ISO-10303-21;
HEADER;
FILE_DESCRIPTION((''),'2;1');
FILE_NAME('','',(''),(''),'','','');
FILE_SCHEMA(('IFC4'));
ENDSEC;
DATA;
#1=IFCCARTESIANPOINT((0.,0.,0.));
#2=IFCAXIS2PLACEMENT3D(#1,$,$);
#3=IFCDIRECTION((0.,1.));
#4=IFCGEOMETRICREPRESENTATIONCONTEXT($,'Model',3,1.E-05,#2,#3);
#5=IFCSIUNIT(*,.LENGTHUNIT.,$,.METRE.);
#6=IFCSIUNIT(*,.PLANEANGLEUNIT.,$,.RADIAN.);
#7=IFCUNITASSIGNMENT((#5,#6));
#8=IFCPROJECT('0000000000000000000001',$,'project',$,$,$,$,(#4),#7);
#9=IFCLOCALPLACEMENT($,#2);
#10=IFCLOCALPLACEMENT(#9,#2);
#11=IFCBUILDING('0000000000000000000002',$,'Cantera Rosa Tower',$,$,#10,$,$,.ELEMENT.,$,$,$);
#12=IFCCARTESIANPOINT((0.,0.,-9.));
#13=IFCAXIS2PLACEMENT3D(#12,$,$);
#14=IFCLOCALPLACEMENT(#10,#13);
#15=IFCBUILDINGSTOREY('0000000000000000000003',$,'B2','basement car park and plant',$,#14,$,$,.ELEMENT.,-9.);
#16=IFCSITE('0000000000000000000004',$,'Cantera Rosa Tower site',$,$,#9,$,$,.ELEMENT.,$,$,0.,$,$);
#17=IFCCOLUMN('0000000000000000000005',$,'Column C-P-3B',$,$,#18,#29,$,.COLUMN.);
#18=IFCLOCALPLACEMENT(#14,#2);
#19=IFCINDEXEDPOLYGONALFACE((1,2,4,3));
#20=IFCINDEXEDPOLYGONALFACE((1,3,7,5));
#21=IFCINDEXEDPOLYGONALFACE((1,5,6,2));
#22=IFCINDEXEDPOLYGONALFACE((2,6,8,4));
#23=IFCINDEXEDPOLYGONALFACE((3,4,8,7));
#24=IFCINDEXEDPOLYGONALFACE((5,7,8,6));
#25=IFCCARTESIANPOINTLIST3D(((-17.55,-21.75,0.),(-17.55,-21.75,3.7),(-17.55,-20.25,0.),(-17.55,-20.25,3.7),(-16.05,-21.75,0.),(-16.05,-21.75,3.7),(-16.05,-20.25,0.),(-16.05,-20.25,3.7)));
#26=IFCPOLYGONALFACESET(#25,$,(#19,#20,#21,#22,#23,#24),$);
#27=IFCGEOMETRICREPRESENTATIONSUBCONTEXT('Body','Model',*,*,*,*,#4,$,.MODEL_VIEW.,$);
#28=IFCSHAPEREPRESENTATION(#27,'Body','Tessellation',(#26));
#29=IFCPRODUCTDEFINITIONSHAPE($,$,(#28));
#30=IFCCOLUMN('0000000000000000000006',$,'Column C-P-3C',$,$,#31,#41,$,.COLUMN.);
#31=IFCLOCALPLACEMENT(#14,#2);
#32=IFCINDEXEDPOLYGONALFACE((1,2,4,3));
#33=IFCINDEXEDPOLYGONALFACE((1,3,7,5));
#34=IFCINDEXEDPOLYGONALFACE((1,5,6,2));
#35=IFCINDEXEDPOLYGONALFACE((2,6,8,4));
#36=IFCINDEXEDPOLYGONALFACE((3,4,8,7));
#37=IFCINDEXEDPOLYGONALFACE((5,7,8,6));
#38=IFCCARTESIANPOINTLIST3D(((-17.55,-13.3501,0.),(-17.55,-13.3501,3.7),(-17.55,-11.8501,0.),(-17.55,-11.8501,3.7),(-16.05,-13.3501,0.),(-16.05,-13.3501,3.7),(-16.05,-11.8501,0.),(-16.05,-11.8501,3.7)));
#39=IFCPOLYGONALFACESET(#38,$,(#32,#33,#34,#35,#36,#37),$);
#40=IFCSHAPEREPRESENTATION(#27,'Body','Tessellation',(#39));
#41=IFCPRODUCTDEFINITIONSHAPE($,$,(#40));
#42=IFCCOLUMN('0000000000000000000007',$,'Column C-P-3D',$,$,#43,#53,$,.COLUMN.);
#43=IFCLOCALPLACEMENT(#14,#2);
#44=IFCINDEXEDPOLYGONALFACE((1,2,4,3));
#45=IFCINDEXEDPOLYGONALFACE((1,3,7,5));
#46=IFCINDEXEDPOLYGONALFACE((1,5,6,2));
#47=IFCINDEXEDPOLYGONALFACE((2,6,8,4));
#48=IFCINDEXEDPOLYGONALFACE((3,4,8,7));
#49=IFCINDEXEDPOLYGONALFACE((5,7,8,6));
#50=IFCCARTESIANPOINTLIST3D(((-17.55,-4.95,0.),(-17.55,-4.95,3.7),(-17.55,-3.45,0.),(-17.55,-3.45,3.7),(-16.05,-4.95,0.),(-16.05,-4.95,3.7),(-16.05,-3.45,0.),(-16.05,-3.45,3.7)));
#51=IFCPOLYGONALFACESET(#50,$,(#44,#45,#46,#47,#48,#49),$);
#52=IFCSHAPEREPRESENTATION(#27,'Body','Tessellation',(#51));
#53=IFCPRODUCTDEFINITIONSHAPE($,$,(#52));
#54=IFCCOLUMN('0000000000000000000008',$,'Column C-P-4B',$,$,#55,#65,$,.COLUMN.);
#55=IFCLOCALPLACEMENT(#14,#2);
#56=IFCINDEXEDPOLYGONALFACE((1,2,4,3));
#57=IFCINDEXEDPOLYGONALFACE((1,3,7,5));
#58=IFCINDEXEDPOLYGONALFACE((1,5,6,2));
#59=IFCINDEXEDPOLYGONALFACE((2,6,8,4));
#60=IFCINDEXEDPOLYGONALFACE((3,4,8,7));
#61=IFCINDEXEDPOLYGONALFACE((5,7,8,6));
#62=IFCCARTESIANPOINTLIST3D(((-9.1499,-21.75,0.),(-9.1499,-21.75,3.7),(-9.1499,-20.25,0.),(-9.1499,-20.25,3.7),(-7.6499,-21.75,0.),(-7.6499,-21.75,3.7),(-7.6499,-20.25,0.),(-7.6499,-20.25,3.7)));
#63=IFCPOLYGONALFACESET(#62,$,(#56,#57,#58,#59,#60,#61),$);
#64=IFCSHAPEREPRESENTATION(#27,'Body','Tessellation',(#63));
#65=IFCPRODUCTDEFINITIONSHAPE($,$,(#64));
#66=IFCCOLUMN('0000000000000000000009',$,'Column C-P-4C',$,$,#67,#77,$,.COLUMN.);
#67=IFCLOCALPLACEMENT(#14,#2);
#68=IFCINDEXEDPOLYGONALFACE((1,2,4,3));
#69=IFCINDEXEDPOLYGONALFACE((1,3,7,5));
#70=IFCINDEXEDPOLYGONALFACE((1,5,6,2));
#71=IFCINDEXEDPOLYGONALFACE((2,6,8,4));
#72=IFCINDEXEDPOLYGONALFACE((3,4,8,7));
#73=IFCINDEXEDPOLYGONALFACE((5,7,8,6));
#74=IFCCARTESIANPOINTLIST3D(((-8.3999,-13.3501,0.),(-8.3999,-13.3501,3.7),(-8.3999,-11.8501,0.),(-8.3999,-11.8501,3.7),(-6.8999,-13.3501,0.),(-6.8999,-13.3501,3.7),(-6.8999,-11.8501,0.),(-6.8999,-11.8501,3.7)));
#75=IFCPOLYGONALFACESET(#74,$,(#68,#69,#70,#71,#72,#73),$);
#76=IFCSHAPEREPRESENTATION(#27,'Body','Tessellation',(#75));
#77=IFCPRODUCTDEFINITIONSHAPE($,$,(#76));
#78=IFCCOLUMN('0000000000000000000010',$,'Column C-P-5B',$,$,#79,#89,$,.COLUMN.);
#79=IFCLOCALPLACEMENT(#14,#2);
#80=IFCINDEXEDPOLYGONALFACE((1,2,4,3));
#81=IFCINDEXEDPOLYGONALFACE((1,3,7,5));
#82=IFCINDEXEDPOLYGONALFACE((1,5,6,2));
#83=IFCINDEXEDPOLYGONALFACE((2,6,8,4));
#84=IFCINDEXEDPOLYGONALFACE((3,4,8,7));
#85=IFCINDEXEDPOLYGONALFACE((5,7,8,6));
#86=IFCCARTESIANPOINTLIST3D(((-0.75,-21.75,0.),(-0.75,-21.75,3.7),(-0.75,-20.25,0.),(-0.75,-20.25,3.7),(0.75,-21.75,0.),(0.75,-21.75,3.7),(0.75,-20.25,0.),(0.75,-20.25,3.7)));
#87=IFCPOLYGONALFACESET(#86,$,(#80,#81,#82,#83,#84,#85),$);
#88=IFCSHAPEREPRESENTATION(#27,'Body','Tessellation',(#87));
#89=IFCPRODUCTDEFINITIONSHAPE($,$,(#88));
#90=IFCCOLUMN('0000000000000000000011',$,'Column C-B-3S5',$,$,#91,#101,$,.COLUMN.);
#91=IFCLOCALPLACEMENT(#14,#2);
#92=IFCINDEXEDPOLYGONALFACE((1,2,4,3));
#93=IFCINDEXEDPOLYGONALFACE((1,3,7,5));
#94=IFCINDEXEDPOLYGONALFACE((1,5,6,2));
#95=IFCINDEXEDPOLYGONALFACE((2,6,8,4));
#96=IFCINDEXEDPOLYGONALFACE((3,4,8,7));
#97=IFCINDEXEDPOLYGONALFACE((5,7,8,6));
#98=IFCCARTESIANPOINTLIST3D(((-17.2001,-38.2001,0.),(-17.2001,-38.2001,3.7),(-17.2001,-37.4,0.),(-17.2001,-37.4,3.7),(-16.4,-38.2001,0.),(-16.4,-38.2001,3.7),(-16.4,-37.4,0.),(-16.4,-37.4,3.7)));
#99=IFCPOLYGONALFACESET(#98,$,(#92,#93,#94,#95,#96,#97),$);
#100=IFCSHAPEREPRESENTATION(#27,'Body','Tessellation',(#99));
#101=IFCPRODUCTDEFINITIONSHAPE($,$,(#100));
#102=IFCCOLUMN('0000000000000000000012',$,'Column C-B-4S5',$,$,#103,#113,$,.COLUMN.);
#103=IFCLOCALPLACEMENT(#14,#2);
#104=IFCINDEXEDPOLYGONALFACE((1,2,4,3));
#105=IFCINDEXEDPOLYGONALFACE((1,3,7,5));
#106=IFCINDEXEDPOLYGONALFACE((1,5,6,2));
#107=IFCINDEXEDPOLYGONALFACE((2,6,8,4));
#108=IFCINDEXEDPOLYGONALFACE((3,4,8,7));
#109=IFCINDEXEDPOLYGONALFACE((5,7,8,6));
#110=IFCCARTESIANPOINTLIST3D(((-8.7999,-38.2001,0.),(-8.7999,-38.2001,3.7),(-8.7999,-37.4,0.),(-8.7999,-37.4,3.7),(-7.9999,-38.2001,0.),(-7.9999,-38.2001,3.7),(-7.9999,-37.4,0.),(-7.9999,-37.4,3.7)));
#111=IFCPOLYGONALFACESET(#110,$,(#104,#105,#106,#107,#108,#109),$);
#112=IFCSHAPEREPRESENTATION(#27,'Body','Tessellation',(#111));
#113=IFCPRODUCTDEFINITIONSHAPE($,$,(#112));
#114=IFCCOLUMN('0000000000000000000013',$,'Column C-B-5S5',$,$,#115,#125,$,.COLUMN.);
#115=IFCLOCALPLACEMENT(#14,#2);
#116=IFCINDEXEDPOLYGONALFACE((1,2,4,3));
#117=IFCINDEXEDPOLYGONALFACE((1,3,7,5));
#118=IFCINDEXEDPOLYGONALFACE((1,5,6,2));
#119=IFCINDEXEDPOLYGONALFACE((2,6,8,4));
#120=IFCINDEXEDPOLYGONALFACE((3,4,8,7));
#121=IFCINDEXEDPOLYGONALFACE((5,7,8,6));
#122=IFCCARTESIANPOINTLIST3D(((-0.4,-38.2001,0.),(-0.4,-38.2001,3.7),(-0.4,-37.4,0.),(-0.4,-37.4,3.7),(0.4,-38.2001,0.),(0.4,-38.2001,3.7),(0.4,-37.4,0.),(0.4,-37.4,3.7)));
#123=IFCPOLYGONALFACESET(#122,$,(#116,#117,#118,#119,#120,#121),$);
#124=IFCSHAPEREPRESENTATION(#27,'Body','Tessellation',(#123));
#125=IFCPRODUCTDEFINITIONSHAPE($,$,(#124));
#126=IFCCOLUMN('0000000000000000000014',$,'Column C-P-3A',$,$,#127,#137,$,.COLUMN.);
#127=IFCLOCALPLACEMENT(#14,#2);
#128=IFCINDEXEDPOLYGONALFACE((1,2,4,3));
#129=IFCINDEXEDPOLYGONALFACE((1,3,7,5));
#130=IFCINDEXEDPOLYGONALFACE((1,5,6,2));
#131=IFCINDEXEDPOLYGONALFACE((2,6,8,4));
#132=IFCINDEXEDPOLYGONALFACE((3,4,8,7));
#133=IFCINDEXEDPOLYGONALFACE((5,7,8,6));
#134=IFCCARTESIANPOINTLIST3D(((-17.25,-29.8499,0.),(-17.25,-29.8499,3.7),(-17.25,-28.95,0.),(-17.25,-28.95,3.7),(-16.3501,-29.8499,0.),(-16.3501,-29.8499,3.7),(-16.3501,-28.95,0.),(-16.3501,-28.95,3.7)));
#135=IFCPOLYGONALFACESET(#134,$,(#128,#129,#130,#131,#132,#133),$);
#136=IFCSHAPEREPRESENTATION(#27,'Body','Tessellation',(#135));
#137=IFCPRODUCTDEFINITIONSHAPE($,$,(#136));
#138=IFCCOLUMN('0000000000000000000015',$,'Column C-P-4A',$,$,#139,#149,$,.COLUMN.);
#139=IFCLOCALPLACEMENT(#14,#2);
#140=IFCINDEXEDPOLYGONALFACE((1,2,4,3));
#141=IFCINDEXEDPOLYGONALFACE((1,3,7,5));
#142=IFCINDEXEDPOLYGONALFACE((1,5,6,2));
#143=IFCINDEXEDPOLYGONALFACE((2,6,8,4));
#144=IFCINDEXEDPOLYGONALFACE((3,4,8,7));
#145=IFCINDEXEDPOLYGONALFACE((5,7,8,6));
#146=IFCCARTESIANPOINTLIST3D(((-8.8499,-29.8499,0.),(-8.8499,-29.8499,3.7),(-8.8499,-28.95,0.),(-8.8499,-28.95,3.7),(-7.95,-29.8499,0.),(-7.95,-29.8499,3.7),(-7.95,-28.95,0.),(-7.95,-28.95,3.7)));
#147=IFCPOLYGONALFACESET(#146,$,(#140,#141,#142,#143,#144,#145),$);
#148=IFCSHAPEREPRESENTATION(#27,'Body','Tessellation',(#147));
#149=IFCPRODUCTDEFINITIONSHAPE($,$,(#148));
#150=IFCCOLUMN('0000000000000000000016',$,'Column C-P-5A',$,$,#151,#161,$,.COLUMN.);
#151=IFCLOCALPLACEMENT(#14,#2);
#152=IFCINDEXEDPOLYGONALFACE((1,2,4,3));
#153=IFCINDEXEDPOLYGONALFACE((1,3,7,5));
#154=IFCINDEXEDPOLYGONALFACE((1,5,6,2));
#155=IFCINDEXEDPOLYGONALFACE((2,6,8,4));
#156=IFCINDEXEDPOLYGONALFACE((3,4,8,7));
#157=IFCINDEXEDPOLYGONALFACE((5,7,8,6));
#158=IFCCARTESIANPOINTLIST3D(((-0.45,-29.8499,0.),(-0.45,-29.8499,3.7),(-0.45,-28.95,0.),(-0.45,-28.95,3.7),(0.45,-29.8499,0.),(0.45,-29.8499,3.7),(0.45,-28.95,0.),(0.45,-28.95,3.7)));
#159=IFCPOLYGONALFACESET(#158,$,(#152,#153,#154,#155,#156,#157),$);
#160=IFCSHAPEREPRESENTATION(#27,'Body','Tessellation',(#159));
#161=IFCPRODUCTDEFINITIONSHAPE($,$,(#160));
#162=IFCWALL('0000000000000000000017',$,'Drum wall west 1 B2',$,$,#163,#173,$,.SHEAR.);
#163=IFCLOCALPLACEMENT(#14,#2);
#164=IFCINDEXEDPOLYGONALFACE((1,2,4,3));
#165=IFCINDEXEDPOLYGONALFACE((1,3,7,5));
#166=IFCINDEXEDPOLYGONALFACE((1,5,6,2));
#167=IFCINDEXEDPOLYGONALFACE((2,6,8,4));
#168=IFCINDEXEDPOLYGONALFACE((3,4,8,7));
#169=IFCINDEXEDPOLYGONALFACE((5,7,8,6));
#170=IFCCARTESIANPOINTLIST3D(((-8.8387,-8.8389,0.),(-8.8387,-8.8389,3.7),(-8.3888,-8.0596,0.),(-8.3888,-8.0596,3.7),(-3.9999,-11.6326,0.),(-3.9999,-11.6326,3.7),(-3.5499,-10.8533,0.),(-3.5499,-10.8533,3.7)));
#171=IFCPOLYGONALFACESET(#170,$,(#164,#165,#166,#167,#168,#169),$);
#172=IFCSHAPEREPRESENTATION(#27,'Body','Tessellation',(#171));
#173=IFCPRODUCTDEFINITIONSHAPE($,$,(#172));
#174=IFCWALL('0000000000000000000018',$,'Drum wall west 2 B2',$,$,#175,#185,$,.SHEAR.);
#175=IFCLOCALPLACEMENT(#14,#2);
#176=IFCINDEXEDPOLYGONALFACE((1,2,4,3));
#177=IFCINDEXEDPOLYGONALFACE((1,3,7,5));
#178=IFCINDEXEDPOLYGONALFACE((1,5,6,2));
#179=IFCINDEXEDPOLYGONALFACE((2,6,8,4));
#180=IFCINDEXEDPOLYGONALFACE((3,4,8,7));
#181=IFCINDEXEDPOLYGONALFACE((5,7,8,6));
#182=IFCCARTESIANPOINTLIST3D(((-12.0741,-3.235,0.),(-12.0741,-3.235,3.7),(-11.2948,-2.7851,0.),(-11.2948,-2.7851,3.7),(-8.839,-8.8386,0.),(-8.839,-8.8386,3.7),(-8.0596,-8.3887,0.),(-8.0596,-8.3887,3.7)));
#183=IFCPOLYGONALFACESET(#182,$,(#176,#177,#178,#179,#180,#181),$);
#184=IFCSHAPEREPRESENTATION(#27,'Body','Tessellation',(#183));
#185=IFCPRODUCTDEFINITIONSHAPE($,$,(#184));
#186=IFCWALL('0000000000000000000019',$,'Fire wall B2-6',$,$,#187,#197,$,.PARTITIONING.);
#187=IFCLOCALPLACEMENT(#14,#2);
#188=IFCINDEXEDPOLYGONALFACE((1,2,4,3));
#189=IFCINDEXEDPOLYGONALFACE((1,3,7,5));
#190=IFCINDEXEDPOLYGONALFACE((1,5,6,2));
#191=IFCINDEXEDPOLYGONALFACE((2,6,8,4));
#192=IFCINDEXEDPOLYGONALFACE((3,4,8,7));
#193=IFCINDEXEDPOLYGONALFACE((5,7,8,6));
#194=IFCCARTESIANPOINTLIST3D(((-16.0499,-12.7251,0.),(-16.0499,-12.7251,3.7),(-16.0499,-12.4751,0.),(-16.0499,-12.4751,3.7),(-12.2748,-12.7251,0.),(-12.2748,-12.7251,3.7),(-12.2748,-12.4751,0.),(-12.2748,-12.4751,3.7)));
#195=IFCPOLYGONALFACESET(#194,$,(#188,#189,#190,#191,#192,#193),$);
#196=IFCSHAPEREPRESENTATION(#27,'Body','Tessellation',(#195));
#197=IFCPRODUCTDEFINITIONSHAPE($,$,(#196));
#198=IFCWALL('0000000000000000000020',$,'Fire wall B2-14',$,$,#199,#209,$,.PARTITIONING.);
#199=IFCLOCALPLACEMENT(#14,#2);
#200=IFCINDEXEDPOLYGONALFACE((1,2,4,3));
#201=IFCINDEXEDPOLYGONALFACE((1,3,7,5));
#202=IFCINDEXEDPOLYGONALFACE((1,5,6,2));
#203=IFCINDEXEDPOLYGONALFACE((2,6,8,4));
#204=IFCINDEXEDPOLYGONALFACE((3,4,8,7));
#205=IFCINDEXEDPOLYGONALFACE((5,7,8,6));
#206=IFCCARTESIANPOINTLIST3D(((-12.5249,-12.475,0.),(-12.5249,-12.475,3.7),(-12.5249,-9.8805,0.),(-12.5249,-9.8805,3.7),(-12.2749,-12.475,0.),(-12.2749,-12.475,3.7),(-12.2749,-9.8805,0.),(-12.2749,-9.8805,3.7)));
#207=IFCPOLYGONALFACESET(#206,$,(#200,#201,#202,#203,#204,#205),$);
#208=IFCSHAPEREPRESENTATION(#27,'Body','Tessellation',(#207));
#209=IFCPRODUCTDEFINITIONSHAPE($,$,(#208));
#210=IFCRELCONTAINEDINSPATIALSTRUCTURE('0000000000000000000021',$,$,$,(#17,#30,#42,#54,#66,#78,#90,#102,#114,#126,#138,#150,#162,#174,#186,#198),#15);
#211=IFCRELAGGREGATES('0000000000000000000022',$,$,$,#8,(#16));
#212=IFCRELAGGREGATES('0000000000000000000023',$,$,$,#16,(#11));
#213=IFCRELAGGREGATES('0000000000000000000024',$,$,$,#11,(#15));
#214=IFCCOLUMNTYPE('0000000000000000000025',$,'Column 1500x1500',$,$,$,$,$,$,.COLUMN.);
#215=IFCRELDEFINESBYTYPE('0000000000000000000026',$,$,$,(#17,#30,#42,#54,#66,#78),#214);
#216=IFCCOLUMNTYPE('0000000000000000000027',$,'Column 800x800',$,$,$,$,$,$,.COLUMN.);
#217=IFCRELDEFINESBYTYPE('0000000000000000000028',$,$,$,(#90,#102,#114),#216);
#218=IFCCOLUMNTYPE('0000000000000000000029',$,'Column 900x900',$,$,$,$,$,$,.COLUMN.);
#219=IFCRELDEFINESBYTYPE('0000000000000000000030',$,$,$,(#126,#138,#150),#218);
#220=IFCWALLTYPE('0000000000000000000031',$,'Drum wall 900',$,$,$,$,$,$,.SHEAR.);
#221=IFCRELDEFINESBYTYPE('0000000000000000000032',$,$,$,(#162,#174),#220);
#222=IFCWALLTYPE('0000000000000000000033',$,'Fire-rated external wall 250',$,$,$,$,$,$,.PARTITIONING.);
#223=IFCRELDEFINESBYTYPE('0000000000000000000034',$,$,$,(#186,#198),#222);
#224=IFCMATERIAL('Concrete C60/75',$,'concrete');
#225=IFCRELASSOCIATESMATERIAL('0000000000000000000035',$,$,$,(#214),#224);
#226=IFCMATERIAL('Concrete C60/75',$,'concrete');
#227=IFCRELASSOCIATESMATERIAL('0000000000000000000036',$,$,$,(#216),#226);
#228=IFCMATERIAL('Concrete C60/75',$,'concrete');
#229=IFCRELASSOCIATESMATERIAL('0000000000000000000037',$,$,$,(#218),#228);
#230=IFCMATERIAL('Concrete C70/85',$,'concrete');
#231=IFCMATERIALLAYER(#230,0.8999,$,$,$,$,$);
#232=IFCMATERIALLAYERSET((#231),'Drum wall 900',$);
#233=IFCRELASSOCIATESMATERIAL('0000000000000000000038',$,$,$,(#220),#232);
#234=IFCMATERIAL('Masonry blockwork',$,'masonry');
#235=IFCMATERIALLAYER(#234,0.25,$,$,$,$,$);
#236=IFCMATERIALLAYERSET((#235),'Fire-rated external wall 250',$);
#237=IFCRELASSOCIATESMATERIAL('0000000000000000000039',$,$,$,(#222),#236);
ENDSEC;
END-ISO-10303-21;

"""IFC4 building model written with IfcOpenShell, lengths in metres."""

from ifc_helpers import new_model, si_unit, direction, frame, frame_2d, origin, origin_2d, place, context, subcontext, project, spatial, rectangle, extrude, material, layer, layer_set, material_profile, profile_set, type_object, element, save


model = new_model("IFC4")

# Units and contexts
model_context = context("Model", 3, precision=1e-05, world=origin(), true_north=direction((0.0, 1.0)))
body_context = subcontext(model_context, "Body", "Model", "MODEL_VIEW")
ifc_project = project(units=[si_unit("LENGTHUNIT", "METRE"), si_unit("PLANEANGLEUNIT", "RADIAN")], contexts=[model_context])

# Site, building, storey
site_placement = place(None, origin())
site = spatial("IfcSite", under=ifc_project, at=site_placement, Name="Cantera Rosa Tower site", CompositionType="ELEMENT", RefElevation=0.0)
building_placement = place(site_placement, origin())
building = spatial("IfcBuilding", under=site, at=building_placement, Name="Cantera Rosa Tower", CompositionType="ELEMENT")
storey_placement = place(building_placement, frame((0.0, 0.0, -9.0)))
storey = spatial("IfcBuildingStorey", under=building, at=storey_placement, Name="B2", Description="basement car park and plant", CompositionType="ELEMENT", Elevation=-9.0)

# Columns
ifc_material_1 = material(Name="Concrete C60/75", Category="concrete")
ifc_material_profile_1 = material_profile(ifc_material_1, rectangle(XDim=1.5, YDim=1.5, at=origin_2d()), Name="Column 1500x1500")
ifc_profile_set_1 = profile_set([ifc_material_profile_1], Name="Concrete C60/75")
column_type_1 = type_object("IfcColumnType", Name="Column 1500x1500", PredefinedType="COLUMN", material=ifc_profile_set_1)
for number, where, z_axis, x_axis, name in (
    (1, (-16.8, -21.0, 0.0), (0.0, 0.0, 1.0), (1.0, 0.0, 0.0), "Column C-P-3B"),
    (2, (-16.8, -12.6001, 0.0), (0.0, 0.0, 1.0), (1.0, 0.0, 0.0), "Column C-P-3C"),
    (3, (-16.8, -4.2, 0.0), (0.0, 0.0, 1.0), (1.0, 0.0, 0.0), "Column C-P-3D"),
    (4, (-8.3999, -21.0, 0.0), (0.0, 0.0, 1.0), (1.0, 0.0, 0.0), "Column C-P-4B"),
    (5, (-7.6499, -12.6001, 0.0), (0.0, 0.0, 1.0), (1.0, 0.0, 0.0), "Column C-P-4C"),
    (6, (0.0, -21.0, 0.0), (0.0, 0.0, 1.0), (1.0, 0.0, 0.0), "Column C-P-5B"),
):
    element("IfcColumn", number, at=place(storey_placement, frame(where, z_axis=z_axis, x_axis=x_axis)), inside=storey, type_object=column_type_1, Name=name, PredefinedType="COLUMN", context=body_context, shape_type="SweptSolid", body=[
        extrude(rectangle(XDim=1.5, YDim=1.5, at=origin_2d()), origin(), (0.0, 0.0, 1.0), 3.7),
    ])
ifc_material_2 = material(Name="Concrete C60/75", Category="concrete")
ifc_material_profile_2 = material_profile(ifc_material_2, rectangle(XDim=0.8, YDim=0.8, at=origin_2d()), Name="Column 800x800")
ifc_profile_set_2 = profile_set([ifc_material_profile_2], Name="Concrete C60/75")
column_type_2 = type_object("IfcColumnType", Name="Column 800x800", PredefinedType="COLUMN", material=ifc_profile_set_2)
for number, where, z_axis, x_axis, name in (
    (7, (-16.8, -37.8, 0.0), (0.0, 0.0, 1.0), (1.0, 0.0, 0.0), "Column C-B-3S5"),
    (8, (-8.3999, -37.8, 0.0), (0.0, 0.0, 1.0), (1.0, 0.0, 0.0), "Column C-B-4S5"),
    (9, (0.0, -37.8, 0.0), (0.0, 0.0, 1.0), (1.0, 0.0, 0.0), "Column C-B-5S5"),
):
    element("IfcColumn", number, at=place(storey_placement, frame(where, z_axis=z_axis, x_axis=x_axis)), inside=storey, type_object=column_type_2, Name=name, PredefinedType="COLUMN", context=body_context, shape_type="SweptSolid", body=[
        extrude(rectangle(XDim=0.8, YDim=0.8, at=origin_2d()), origin(), (0.0, 0.0, 1.0), 3.7),
    ])
ifc_material_3 = material(Name="Concrete C60/75", Category="concrete")
ifc_material_profile_3 = material_profile(ifc_material_3, rectangle(XDim=0.8999, YDim=0.8999, at=origin_2d()), Name="Column 900x900")
ifc_profile_set_3 = profile_set([ifc_material_profile_3], Name="Concrete C60/75")
column_type_3 = type_object("IfcColumnType", Name="Column 900x900", PredefinedType="COLUMN", material=ifc_profile_set_3)
for number, where, z_axis, x_axis, name in (
    (10, (-16.8, -29.3999, 0.0), (0.0, 0.0, 1.0), (1.0, 0.0, 0.0), "Column C-P-3A"),
    (11, (-8.3999, -29.3999, 0.0), (0.0, 0.0, 1.0), (1.0, 0.0, 0.0), "Column C-P-4A"),
    (12, (0.0, -29.3999, 0.0), (0.0, 0.0, 1.0), (1.0, 0.0, 0.0), "Column C-P-5A"),
):
    element("IfcColumn", number, at=place(storey_placement, frame(where, z_axis=z_axis, x_axis=x_axis)), inside=storey, type_object=column_type_3, Name=name, PredefinedType="COLUMN", context=body_context, shape_type="SweptSolid", body=[
        extrude(rectangle(XDim=0.8999, YDim=0.8999, at=origin_2d()), origin(), (0.0, 0.0, 1.0), 3.7),
    ])

# Walls
ifc_material_4 = material(Name="Concrete C70/85", Category="concrete")
ifc_layer_1 = layer(ifc_material_4, 0.8999)
ifc_layer_set_1 = layer_set([ifc_layer_1], Name="Drum wall 900")
wall_type_1 = type_object("IfcWallType", Name="Drum wall 900", PredefinedType="SHEAR", material=ifc_layer_set_1)
wall_1_placement = place(storey_placement, frame((-3.7749, -11.2429, 0.0), z_axis=(0.0, 0.0, 1.0), x_axis=(-0.866027, 0.499997, 0.0)))
element("IfcWall", 13, at=wall_1_placement, inside=storey, type_object=wall_type_1, Name="Drum wall west 1 B2", PredefinedType="SHEAR", context=body_context, shape_type="SweptSolid", body=[
    extrude(rectangle(XDim=5.5874, YDim=0.8999, at=frame_2d((2.7937, 0.0))), origin(), (0.0, 0.0, 1.0), 3.7),
])
wall_2_placement = place(storey_placement, frame((-8.4492, -8.6138, 0.0), z_axis=(0.0, 0.0, 1.0), x_axis=(-0.49999, 0.866031, 0.0)))
element("IfcWall", 14, at=wall_2_placement, inside=storey, type_object=wall_type_1, Name="Drum wall west 2 B2", PredefinedType="SHEAR", context=body_context, shape_type="SweptSolid", body=[
    extrude(rectangle(XDim=6.4705, YDim=0.8999, at=frame_2d((3.2354, 0.0))), origin(), (0.0, 0.0, 1.0), 3.7),
])
ifc_material_5 = material(Name="Masonry blockwork", Category="masonry")
ifc_layer_2 = layer(ifc_material_5, 0.25)
ifc_layer_set_2 = layer_set([ifc_layer_2], Name="Fire-rated external wall 250")
wall_type_2 = type_object("IfcWallType", Name="Fire-rated external wall 250", PredefinedType="PARTITIONING", material=ifc_layer_set_2)
wall_3_placement = place(storey_placement, frame((-16.05, -12.6001, 0.0), z_axis=(0.0, 0.0, 1.0), x_axis=(1.0, 0.0, 0.0)))
element("IfcWall", 15, at=wall_3_placement, inside=storey, type_object=wall_type_2, Name="Fire wall B2-6", PredefinedType="PARTITIONING", context=body_context, shape_type="SweptSolid", body=[
    extrude(rectangle(XDim=3.7751, YDim=0.25, at=frame_2d((1.8877, 0.0))), origin(), (0.0, 0.0, 1.0), 3.7),
])
wall_4_placement = place(storey_placement, frame((-12.3999, -12.4751, 0.0), z_axis=(0.0, 0.0, 1.0), x_axis=(0.0, 1.0, 0.0)))
element("IfcWall", 16, at=wall_4_placement, inside=storey, type_object=wall_type_2, Name="Fire wall B2-14", PredefinedType="PARTITIONING", context=body_context, shape_type="SweptSolid", body=[
    extrude(rectangle(XDim=2.5945, YDim=0.25, at=frame_2d((1.2974, 0.0))), origin(), (0.0, 0.0, 1.0), 3.7),
])

save(model, "model.ifc")
